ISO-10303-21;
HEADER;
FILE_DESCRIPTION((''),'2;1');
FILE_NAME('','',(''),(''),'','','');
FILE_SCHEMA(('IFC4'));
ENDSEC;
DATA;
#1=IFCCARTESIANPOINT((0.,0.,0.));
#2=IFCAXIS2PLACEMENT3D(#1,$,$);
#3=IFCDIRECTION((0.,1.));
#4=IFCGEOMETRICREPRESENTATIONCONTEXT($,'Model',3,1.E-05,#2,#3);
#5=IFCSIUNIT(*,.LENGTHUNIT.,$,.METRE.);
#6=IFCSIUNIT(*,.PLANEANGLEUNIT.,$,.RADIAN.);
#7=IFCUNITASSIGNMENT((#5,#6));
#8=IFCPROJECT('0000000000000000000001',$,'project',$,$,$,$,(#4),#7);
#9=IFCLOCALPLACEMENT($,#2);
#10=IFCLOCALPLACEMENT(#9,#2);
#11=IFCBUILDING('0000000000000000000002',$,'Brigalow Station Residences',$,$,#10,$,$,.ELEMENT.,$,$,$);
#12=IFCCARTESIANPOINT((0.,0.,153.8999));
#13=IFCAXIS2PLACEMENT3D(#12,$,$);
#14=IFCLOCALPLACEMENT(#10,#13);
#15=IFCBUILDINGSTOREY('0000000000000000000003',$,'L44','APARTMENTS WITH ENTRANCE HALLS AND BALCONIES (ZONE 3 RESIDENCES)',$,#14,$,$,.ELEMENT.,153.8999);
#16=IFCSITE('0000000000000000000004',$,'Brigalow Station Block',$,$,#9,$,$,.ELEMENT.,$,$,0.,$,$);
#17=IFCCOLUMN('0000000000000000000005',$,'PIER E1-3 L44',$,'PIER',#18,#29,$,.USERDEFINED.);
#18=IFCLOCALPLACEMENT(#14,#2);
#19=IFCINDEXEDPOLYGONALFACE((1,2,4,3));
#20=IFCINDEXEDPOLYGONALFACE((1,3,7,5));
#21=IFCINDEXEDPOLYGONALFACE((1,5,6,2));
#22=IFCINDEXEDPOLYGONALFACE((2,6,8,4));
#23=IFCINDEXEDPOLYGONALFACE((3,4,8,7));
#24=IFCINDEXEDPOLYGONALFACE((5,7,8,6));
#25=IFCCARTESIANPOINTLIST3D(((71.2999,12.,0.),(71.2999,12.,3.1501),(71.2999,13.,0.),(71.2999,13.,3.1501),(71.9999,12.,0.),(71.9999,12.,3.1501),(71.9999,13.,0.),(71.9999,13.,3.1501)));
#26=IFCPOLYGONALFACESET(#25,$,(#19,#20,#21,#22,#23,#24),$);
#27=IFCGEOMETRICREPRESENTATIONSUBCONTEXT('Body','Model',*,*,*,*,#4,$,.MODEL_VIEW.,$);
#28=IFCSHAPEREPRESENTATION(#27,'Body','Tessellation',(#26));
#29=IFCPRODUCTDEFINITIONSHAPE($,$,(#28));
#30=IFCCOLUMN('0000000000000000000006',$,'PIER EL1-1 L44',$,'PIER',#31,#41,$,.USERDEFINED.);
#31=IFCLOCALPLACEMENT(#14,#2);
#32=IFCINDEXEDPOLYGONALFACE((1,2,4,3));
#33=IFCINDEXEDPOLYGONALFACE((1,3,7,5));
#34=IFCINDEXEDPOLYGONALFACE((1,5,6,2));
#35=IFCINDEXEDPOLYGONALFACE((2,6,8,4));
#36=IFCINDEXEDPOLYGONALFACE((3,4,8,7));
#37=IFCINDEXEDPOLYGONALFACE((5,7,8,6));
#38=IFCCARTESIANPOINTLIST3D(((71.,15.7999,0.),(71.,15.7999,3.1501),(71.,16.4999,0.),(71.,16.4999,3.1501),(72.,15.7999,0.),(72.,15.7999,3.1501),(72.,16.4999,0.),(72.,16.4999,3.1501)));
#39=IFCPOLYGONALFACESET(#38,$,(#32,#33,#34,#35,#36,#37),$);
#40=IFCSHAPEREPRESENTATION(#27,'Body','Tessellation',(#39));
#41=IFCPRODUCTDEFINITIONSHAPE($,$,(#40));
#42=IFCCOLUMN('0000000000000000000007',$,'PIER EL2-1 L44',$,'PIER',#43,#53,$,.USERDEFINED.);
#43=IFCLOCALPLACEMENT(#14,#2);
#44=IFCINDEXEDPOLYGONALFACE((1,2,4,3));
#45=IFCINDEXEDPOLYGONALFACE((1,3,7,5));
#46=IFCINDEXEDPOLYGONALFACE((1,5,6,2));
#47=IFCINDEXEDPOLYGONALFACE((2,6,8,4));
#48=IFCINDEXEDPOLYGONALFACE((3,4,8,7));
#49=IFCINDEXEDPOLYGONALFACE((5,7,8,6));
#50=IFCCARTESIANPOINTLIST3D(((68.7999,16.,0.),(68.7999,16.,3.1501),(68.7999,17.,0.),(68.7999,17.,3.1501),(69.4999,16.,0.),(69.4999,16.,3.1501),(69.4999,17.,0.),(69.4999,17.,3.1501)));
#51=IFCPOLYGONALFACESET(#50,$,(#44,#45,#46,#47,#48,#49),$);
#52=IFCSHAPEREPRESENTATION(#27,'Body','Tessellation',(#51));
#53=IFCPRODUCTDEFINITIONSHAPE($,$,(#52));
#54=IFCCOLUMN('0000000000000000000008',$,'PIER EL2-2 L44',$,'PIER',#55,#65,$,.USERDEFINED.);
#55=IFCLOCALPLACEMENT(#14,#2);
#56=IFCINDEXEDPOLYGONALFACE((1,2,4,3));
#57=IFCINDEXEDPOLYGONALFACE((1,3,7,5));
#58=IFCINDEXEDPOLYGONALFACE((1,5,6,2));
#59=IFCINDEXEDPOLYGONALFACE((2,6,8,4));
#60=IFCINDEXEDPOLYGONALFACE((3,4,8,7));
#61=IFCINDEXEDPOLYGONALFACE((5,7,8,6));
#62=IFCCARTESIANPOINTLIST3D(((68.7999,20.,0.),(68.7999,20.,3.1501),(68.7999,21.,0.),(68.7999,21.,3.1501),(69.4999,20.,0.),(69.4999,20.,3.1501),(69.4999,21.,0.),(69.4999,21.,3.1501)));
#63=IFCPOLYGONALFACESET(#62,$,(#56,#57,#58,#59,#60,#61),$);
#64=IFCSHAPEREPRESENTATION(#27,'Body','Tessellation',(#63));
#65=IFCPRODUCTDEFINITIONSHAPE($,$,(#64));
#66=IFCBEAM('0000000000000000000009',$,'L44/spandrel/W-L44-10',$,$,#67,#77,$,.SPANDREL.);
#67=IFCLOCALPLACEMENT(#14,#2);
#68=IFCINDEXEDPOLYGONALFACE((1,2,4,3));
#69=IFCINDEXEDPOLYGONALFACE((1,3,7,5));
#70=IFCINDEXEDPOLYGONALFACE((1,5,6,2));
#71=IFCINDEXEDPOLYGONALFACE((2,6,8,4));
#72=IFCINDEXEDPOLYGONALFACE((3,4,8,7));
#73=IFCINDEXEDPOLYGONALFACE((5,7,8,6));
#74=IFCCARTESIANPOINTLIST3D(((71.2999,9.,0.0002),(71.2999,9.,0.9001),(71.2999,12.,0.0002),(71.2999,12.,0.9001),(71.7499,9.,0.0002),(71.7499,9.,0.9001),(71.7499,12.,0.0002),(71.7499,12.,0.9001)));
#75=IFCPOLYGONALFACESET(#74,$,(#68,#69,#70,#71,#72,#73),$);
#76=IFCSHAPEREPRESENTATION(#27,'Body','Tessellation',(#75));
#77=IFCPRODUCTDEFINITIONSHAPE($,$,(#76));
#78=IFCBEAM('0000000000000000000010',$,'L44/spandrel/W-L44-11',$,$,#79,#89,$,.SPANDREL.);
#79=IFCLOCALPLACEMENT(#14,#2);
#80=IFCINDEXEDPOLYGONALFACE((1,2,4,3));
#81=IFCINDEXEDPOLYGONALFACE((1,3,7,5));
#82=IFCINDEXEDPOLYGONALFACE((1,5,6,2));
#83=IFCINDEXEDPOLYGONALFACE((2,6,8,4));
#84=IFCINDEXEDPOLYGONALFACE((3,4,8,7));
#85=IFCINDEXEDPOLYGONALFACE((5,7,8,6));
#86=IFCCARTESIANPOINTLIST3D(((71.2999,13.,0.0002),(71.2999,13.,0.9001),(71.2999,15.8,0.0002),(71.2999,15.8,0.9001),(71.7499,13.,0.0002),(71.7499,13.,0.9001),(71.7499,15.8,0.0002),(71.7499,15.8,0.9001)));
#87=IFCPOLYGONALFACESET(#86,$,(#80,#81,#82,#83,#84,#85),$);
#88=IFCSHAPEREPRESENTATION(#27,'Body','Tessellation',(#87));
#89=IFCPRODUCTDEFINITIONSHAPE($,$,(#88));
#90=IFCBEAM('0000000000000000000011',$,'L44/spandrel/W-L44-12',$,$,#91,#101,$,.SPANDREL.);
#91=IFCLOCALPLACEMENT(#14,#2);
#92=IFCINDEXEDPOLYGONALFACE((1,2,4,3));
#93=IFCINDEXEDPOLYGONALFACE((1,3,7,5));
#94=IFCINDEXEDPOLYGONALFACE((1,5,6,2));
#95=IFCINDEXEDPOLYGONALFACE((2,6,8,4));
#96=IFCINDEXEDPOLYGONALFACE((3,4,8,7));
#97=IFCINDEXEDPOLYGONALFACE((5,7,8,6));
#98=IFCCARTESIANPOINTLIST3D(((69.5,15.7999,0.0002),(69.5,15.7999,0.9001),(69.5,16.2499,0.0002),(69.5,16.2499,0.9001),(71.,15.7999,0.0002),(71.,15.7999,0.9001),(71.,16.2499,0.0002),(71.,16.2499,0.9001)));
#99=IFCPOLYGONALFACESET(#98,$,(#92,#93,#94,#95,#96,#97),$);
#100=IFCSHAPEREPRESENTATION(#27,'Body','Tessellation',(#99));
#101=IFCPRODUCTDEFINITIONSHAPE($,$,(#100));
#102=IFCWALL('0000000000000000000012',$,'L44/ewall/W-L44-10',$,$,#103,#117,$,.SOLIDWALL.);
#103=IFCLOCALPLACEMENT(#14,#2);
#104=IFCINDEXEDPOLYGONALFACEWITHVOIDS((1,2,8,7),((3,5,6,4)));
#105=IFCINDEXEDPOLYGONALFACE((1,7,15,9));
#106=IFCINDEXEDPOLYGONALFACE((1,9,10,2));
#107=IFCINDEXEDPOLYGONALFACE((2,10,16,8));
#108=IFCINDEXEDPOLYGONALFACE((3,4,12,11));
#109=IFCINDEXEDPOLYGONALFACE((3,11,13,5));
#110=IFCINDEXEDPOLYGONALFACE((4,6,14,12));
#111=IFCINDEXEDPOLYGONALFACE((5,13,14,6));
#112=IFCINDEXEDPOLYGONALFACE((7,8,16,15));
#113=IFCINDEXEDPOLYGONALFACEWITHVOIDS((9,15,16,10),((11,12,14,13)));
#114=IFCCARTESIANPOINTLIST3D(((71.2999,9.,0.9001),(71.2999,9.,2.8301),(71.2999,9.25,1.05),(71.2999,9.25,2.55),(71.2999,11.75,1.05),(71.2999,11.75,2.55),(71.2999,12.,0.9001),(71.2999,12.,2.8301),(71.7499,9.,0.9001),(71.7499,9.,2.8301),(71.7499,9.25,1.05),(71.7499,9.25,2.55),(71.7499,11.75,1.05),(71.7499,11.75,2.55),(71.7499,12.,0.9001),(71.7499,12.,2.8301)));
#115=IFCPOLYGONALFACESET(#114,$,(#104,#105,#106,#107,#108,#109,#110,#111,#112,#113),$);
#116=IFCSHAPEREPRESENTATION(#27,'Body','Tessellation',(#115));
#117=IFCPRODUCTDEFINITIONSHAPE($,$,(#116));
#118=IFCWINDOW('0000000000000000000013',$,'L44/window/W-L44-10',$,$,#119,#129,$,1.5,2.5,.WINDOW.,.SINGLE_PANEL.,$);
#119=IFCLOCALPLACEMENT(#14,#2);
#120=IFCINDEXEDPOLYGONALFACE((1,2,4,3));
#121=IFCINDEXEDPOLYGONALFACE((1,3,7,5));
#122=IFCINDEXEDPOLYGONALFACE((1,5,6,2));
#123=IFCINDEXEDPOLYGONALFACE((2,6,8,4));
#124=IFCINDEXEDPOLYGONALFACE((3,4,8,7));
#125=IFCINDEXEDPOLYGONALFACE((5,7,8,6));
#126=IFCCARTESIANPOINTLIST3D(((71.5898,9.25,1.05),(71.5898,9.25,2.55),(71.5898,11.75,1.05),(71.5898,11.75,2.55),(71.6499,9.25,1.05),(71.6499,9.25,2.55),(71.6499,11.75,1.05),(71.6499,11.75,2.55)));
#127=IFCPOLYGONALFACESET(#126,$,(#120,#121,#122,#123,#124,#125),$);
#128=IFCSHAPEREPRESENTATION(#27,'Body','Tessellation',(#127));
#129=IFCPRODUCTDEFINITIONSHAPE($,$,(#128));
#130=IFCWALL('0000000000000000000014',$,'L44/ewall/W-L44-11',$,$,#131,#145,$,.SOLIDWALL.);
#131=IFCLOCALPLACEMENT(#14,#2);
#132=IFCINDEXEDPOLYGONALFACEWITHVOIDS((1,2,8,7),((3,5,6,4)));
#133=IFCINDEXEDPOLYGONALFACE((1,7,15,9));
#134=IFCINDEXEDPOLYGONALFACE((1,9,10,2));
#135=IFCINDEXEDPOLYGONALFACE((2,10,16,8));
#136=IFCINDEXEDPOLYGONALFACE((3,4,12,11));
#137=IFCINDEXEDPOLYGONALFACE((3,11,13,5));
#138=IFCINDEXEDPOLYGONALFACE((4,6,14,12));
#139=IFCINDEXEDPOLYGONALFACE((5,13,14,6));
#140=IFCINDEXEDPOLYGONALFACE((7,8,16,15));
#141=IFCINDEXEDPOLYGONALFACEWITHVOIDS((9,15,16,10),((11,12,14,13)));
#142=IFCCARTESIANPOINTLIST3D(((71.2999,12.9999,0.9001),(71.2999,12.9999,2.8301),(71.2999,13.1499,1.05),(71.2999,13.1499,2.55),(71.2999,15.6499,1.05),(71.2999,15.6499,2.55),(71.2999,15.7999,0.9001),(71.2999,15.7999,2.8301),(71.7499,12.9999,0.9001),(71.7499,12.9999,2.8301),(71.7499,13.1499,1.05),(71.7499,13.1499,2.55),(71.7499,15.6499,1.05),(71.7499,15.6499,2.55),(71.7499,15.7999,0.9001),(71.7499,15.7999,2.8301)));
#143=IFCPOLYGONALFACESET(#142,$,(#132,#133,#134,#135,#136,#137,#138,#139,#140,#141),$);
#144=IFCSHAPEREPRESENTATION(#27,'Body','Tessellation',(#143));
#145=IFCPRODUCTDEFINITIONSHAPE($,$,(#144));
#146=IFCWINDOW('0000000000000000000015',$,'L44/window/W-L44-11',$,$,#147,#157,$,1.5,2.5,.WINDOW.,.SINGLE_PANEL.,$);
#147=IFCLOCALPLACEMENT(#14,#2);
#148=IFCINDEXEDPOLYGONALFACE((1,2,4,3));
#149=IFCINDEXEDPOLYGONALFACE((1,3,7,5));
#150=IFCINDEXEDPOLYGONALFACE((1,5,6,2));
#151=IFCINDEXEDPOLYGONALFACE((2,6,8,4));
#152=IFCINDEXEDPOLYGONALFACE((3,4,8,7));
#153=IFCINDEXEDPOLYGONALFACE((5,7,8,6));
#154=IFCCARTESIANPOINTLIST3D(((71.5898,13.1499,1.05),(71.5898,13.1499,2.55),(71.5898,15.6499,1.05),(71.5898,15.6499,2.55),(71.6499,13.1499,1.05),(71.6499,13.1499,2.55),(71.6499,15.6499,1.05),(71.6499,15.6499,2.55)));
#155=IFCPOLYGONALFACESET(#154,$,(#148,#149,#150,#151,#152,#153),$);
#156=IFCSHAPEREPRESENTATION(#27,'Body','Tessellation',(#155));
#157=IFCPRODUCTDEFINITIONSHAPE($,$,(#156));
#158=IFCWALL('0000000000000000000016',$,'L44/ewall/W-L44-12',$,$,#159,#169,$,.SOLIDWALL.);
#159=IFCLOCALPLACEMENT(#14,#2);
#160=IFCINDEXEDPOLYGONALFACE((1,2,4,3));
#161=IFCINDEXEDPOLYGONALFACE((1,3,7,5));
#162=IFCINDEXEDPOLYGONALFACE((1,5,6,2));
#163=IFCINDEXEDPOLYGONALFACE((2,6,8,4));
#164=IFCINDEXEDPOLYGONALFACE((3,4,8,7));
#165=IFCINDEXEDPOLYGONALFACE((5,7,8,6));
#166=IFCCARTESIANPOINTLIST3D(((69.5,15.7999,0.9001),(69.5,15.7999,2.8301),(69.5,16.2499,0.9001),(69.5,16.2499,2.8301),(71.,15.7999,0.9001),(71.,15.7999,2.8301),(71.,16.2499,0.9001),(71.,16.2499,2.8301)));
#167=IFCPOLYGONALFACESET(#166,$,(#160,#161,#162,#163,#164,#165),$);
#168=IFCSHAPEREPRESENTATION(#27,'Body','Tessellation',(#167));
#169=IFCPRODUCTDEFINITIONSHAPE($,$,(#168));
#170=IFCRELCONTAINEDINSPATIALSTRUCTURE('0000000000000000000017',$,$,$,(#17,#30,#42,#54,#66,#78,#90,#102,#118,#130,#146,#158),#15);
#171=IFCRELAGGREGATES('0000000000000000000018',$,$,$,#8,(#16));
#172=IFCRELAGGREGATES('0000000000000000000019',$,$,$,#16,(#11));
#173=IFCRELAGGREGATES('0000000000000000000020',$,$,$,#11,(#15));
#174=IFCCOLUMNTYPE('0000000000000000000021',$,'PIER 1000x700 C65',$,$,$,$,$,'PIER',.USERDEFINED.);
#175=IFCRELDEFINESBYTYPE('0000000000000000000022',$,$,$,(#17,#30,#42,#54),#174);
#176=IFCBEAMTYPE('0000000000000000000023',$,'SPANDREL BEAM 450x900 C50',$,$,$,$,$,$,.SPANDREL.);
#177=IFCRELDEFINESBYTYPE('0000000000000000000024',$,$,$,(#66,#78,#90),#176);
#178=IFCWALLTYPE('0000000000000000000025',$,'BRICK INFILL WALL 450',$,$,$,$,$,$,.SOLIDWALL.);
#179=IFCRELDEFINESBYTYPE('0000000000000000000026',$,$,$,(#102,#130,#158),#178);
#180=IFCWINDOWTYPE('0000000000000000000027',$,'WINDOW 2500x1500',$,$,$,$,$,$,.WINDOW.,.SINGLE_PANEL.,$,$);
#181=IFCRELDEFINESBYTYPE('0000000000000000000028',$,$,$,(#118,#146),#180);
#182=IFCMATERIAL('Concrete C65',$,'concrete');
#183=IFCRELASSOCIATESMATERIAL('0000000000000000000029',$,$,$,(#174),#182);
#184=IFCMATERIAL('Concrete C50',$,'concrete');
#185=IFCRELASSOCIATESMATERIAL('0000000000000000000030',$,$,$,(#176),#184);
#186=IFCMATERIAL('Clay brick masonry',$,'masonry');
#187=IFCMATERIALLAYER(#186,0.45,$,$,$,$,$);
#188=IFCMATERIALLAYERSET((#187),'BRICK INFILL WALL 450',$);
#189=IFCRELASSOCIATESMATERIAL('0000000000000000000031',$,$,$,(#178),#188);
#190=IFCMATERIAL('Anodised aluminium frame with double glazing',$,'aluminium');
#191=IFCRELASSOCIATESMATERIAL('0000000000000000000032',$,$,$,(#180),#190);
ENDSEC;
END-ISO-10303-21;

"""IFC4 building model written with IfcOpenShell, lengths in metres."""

from ifc_helpers import new_model, si_unit, direction, frame, frame_2d, origin, origin_2d, place, context, subcontext, project, spatial, rectangle, extrude, material, layer, layer_set, material_profile, profile_set, type_object, element, fill, save


model = new_model("IFC4")

# Units and contexts
model_context = context("Model", 3, precision=1e-05, world=origin(), true_north=direction((0.0, 1.0)))
body_context = subcontext(model_context, "Body", "Model", "MODEL_VIEW")
ifc_project = project(units=[si_unit("LENGTHUNIT", "METRE"), si_unit("PLANEANGLEUNIT", "RADIAN")], contexts=[model_context])

# Site, building, storey
site_placement = place(None, origin())
site = spatial("IfcSite", under=ifc_project, at=site_placement, Name="Brigalow Station Block", CompositionType="ELEMENT", RefElevation=0.0)
building_placement = place(site_placement, origin())
building = spatial("IfcBuilding", under=site, at=building_placement, Name="Brigalow Station Residences", CompositionType="ELEMENT")
storey_placement = place(building_placement, frame((0.0, 0.0, 153.8999)))
storey = spatial("IfcBuildingStorey", under=building, at=storey_placement, Name="L44", Description="APARTMENTS WITH ENTRANCE HALLS AND BALCONIES (ZONE 3 RESIDENCES)", CompositionType="ELEMENT", Elevation=153.8999)

# Columns
ifc_material_1 = material(Name="Concrete C65", Category="concrete")
ifc_material_profile_1 = material_profile(ifc_material_1, rectangle(XDim=1.0, YDim=0.7, at=origin_2d()), Name="RC1000x700")
ifc_profile_set_1 = profile_set([ifc_material_profile_1], Name="Concrete C65")
column_type = type_object("IfcColumnType", Name="PIER 1000x700 C65", ElementType="PIER", PredefinedType="USERDEFINED", material=ifc_profile_set_1)
for number, where, z_axis, x_axis, name in (
    (1, (71.6499, 12.5, 0.0), (0.0, 0.0, 1.0), (0.0, 1.0, 0.0), "PIER E1-3 L44"),
    (2, (71.5, 16.1499, 0.0), (0.0, 0.0, 1.0), (-1.0, 0.0, 0.0), "PIER EL1-1 L44"),
    (3, (69.1499, 16.5, 0.0), (0.0, 0.0, 1.0), (0.0, 1.0, 0.0), "PIER EL2-1 L44"),
    (4, (69.1499, 20.5, 0.0), (0.0, 0.0, 1.0), (0.0, 1.0, 0.0), "PIER EL2-2 L44"),
):
    element("IfcColumn", number, at=place(storey_placement, frame(where, z_axis=z_axis, x_axis=x_axis)), inside=storey, type_object=column_type, Name=name, ObjectType="PIER", PredefinedType="USERDEFINED", context=body_context, shape_type="SweptSolid", body=[
        extrude(rectangle(XDim=1.0, YDim=0.7, at=origin_2d()), origin(), (0.0, 0.0, 1.0), 3.1501),
    ])

# Beams
ifc_material_2 = material(Name="Concrete C50", Category="concrete")
ifc_material_profile_2 = material_profile(ifc_material_2, rectangle(XDim=0.45, YDim=0.8999, at=origin_2d()), Name="RC450x900")
ifc_profile_set_2 = profile_set([ifc_material_profile_2], Name="Concrete C50")
beam_type = type_object("IfcBeamType", Name="SPANDREL BEAM 450x900 C50", PredefinedType="SPANDREL", material=ifc_profile_set_2)
beam_1_placement = place(storey_placement, frame((71.5249, 9.0, 0.4502), z_axis=(0.0, 1.0, 0.0), x_axis=(-1.0, 0.0, 0.0)))
element("IfcBeam", 5, at=beam_1_placement, inside=storey, type_object=beam_type, Name="L44/spandrel/W-L44-10", PredefinedType="SPANDREL", context=body_context, shape_type="SweptSolid", body=[
    extrude(rectangle(XDim=0.45, YDim=0.8999, at=origin_2d()), origin(), (0.0, 0.0, 1.0), 3.0),
])
beam_2_placement = place(storey_placement, frame((71.5249, 13.0, 0.4502), z_axis=(0.0, 1.0, 0.0), x_axis=(-1.0, 0.0, 0.0)))
element("IfcBeam", 6, at=beam_2_placement, inside=storey, type_object=beam_type, Name="L44/spandrel/W-L44-11", PredefinedType="SPANDREL", context=body_context, shape_type="SweptSolid", body=[
    extrude(rectangle(XDim=0.45, YDim=0.8999, at=origin_2d()), origin(), (0.0, 0.0, 1.0), 2.8),
])
beam_3_placement = place(storey_placement, frame((71.0, 16.0249, 0.4502), z_axis=(-1.0, 0.0, 0.0), x_axis=(0.0, -1.0, 0.0)))
element("IfcBeam", 7, at=beam_3_placement, inside=storey, type_object=beam_type, Name="L44/spandrel/W-L44-12", PredefinedType="SPANDREL", context=body_context, shape_type="SweptSolid", body=[
    extrude(rectangle(XDim=0.45, YDim=0.8999, at=origin_2d()), origin(), (0.0, 0.0, 1.0), 1.5),
])

# Walls, openings, windows
ifc_material_3 = material(Name="Clay brick masonry", Category="masonry")
ifc_layer = layer(ifc_material_3, 0.45)
ifc_layer_set = layer_set([ifc_layer], Name="BRICK INFILL WALL 450")
wall_type = type_object("IfcWallType", Name="BRICK INFILL WALL 450", PredefinedType="SOLIDWALL", material=ifc_layer_set)
wall_1_placement = place(storey_placement, frame((71.5249, 9.0, 0.9001), z_axis=(0.0, 0.0, 1.0), x_axis=(0.0, 1.0, 0.0)))
wall_1 = element("IfcWall", 8, at=wall_1_placement, inside=storey, type_object=wall_type, Name="L44/ewall/W-L44-10", PredefinedType="SOLIDWALL", context=body_context, shape_type="SweptSolid", body=[
    extrude(rectangle(XDim=3.0, YDim=0.45, at=frame_2d((1.5, 0.0))), origin(), (0.0, 0.0, 1.0), 1.9299),
])
opening_1_placement = place(wall_1_placement, frame((0.25, 0.0, 0.1499)))
opening_1 = element("IfcOpeningElement", 9, at=opening_1_placement, cuts=wall_1, PredefinedType="OPENING", context=body_context, shape_type="SweptSolid", body=[
    extrude(rectangle(XDim=2.5, YDim=1.5, at=frame_2d((1.25, 0.75))), frame((0.0, 0.2349, 0.0), z_axis=(0.0, -1.0, 0.0), x_axis=(1.0, 0.0, 0.0)), (0.0, 0.0, 1.0), 0.47),
])
ifc_material_4 = material(Name="Anodised aluminium frame with double glazing", Category="aluminium")
window_type = type_object("IfcWindowType", Name="WINDOW 2500x1500", PartitioningType="SINGLE_PANEL", PredefinedType="WINDOW", material=ifc_material_4)
window_1_placement = place(opening_1_placement, origin())
window_1 = element("IfcWindow", 10, at=window_1_placement, inside=storey, type_object=window_type, Name="L44/window/W-L44-10", OverallHeight=1.5, OverallWidth=2.5, PartitioningType="SINGLE_PANEL", PredefinedType="WINDOW", context=body_context, shape_type="SweptSolid", body=[
    extrude(rectangle(XDim=2.5, YDim=1.5, at=frame_2d((1.25, 0.75))), frame((0.0, -0.0649, 0.0), z_axis=(0.0, -1.0, 0.0), x_axis=(1.0, 0.0, 0.0)), (0.0, 0.0, 1.0), 0.0601),
])
fill(opening_1, window_1)
wall_2_placement = place(storey_placement, frame((71.5249, 13.0, 0.9001), z_axis=(0.0, 0.0, 1.0), x_axis=(0.0, 1.0, 0.0)))
wall_2 = element("IfcWall", 11, at=wall_2_placement, inside=storey, type_object=wall_type, Name="L44/ewall/W-L44-11", PredefinedType="SOLIDWALL", context=body_context, shape_type="SweptSolid", body=[
    extrude(rectangle(XDim=2.8, YDim=0.45, at=frame_2d((1.3999, 0.0))), origin(), (0.0, 0.0, 1.0), 1.9299),
])
opening_2_placement = place(wall_2_placement, frame((0.1499, 0.0, 0.1499)))
opening_2 = element("IfcOpeningElement", 12, at=opening_2_placement, cuts=wall_2, PredefinedType="OPENING", context=body_context, shape_type="SweptSolid", body=[
    extrude(rectangle(XDim=2.5, YDim=1.5, at=frame_2d((1.25, 0.75))), frame((0.0, 0.2349, 0.0), z_axis=(0.0, -1.0, 0.0), x_axis=(1.0, 0.0, 0.0)), (0.0, 0.0, 1.0), 0.47),
])
window_2_placement = place(opening_2_placement, origin())
window_2 = element("IfcWindow", 13, at=window_2_placement, inside=storey, type_object=window_type, Name="L44/window/W-L44-11", OverallHeight=1.5, OverallWidth=2.5, PartitioningType="SINGLE_PANEL", PredefinedType="WINDOW", context=body_context, shape_type="SweptSolid", body=[
    extrude(rectangle(XDim=2.5, YDim=1.5, at=frame_2d((1.25, 0.75))), frame((0.0, -0.0649, 0.0), z_axis=(0.0, -1.0, 0.0), x_axis=(1.0, 0.0, 0.0)), (0.0, 0.0, 1.0), 0.0601),
])
fill(opening_2, window_2)

# Wall
wall_3_placement = place(storey_placement, frame((71.0, 16.0249, 0.9001), z_axis=(0.0, 0.0, 1.0), x_axis=(-1.0, 0.0, 0.0)))
element("IfcWall", 14, at=wall_3_placement, inside=storey, type_object=wall_type, Name="L44/ewall/W-L44-12", PredefinedType="SOLIDWALL", context=body_context, shape_type="SweptSolid", body=[
    extrude(rectangle(XDim=1.5, YDim=0.45, at=frame_2d((0.75, 0.0))), origin(), (0.0, 0.0, 1.0), 1.9299),
])

save(model, "model.ifc")
